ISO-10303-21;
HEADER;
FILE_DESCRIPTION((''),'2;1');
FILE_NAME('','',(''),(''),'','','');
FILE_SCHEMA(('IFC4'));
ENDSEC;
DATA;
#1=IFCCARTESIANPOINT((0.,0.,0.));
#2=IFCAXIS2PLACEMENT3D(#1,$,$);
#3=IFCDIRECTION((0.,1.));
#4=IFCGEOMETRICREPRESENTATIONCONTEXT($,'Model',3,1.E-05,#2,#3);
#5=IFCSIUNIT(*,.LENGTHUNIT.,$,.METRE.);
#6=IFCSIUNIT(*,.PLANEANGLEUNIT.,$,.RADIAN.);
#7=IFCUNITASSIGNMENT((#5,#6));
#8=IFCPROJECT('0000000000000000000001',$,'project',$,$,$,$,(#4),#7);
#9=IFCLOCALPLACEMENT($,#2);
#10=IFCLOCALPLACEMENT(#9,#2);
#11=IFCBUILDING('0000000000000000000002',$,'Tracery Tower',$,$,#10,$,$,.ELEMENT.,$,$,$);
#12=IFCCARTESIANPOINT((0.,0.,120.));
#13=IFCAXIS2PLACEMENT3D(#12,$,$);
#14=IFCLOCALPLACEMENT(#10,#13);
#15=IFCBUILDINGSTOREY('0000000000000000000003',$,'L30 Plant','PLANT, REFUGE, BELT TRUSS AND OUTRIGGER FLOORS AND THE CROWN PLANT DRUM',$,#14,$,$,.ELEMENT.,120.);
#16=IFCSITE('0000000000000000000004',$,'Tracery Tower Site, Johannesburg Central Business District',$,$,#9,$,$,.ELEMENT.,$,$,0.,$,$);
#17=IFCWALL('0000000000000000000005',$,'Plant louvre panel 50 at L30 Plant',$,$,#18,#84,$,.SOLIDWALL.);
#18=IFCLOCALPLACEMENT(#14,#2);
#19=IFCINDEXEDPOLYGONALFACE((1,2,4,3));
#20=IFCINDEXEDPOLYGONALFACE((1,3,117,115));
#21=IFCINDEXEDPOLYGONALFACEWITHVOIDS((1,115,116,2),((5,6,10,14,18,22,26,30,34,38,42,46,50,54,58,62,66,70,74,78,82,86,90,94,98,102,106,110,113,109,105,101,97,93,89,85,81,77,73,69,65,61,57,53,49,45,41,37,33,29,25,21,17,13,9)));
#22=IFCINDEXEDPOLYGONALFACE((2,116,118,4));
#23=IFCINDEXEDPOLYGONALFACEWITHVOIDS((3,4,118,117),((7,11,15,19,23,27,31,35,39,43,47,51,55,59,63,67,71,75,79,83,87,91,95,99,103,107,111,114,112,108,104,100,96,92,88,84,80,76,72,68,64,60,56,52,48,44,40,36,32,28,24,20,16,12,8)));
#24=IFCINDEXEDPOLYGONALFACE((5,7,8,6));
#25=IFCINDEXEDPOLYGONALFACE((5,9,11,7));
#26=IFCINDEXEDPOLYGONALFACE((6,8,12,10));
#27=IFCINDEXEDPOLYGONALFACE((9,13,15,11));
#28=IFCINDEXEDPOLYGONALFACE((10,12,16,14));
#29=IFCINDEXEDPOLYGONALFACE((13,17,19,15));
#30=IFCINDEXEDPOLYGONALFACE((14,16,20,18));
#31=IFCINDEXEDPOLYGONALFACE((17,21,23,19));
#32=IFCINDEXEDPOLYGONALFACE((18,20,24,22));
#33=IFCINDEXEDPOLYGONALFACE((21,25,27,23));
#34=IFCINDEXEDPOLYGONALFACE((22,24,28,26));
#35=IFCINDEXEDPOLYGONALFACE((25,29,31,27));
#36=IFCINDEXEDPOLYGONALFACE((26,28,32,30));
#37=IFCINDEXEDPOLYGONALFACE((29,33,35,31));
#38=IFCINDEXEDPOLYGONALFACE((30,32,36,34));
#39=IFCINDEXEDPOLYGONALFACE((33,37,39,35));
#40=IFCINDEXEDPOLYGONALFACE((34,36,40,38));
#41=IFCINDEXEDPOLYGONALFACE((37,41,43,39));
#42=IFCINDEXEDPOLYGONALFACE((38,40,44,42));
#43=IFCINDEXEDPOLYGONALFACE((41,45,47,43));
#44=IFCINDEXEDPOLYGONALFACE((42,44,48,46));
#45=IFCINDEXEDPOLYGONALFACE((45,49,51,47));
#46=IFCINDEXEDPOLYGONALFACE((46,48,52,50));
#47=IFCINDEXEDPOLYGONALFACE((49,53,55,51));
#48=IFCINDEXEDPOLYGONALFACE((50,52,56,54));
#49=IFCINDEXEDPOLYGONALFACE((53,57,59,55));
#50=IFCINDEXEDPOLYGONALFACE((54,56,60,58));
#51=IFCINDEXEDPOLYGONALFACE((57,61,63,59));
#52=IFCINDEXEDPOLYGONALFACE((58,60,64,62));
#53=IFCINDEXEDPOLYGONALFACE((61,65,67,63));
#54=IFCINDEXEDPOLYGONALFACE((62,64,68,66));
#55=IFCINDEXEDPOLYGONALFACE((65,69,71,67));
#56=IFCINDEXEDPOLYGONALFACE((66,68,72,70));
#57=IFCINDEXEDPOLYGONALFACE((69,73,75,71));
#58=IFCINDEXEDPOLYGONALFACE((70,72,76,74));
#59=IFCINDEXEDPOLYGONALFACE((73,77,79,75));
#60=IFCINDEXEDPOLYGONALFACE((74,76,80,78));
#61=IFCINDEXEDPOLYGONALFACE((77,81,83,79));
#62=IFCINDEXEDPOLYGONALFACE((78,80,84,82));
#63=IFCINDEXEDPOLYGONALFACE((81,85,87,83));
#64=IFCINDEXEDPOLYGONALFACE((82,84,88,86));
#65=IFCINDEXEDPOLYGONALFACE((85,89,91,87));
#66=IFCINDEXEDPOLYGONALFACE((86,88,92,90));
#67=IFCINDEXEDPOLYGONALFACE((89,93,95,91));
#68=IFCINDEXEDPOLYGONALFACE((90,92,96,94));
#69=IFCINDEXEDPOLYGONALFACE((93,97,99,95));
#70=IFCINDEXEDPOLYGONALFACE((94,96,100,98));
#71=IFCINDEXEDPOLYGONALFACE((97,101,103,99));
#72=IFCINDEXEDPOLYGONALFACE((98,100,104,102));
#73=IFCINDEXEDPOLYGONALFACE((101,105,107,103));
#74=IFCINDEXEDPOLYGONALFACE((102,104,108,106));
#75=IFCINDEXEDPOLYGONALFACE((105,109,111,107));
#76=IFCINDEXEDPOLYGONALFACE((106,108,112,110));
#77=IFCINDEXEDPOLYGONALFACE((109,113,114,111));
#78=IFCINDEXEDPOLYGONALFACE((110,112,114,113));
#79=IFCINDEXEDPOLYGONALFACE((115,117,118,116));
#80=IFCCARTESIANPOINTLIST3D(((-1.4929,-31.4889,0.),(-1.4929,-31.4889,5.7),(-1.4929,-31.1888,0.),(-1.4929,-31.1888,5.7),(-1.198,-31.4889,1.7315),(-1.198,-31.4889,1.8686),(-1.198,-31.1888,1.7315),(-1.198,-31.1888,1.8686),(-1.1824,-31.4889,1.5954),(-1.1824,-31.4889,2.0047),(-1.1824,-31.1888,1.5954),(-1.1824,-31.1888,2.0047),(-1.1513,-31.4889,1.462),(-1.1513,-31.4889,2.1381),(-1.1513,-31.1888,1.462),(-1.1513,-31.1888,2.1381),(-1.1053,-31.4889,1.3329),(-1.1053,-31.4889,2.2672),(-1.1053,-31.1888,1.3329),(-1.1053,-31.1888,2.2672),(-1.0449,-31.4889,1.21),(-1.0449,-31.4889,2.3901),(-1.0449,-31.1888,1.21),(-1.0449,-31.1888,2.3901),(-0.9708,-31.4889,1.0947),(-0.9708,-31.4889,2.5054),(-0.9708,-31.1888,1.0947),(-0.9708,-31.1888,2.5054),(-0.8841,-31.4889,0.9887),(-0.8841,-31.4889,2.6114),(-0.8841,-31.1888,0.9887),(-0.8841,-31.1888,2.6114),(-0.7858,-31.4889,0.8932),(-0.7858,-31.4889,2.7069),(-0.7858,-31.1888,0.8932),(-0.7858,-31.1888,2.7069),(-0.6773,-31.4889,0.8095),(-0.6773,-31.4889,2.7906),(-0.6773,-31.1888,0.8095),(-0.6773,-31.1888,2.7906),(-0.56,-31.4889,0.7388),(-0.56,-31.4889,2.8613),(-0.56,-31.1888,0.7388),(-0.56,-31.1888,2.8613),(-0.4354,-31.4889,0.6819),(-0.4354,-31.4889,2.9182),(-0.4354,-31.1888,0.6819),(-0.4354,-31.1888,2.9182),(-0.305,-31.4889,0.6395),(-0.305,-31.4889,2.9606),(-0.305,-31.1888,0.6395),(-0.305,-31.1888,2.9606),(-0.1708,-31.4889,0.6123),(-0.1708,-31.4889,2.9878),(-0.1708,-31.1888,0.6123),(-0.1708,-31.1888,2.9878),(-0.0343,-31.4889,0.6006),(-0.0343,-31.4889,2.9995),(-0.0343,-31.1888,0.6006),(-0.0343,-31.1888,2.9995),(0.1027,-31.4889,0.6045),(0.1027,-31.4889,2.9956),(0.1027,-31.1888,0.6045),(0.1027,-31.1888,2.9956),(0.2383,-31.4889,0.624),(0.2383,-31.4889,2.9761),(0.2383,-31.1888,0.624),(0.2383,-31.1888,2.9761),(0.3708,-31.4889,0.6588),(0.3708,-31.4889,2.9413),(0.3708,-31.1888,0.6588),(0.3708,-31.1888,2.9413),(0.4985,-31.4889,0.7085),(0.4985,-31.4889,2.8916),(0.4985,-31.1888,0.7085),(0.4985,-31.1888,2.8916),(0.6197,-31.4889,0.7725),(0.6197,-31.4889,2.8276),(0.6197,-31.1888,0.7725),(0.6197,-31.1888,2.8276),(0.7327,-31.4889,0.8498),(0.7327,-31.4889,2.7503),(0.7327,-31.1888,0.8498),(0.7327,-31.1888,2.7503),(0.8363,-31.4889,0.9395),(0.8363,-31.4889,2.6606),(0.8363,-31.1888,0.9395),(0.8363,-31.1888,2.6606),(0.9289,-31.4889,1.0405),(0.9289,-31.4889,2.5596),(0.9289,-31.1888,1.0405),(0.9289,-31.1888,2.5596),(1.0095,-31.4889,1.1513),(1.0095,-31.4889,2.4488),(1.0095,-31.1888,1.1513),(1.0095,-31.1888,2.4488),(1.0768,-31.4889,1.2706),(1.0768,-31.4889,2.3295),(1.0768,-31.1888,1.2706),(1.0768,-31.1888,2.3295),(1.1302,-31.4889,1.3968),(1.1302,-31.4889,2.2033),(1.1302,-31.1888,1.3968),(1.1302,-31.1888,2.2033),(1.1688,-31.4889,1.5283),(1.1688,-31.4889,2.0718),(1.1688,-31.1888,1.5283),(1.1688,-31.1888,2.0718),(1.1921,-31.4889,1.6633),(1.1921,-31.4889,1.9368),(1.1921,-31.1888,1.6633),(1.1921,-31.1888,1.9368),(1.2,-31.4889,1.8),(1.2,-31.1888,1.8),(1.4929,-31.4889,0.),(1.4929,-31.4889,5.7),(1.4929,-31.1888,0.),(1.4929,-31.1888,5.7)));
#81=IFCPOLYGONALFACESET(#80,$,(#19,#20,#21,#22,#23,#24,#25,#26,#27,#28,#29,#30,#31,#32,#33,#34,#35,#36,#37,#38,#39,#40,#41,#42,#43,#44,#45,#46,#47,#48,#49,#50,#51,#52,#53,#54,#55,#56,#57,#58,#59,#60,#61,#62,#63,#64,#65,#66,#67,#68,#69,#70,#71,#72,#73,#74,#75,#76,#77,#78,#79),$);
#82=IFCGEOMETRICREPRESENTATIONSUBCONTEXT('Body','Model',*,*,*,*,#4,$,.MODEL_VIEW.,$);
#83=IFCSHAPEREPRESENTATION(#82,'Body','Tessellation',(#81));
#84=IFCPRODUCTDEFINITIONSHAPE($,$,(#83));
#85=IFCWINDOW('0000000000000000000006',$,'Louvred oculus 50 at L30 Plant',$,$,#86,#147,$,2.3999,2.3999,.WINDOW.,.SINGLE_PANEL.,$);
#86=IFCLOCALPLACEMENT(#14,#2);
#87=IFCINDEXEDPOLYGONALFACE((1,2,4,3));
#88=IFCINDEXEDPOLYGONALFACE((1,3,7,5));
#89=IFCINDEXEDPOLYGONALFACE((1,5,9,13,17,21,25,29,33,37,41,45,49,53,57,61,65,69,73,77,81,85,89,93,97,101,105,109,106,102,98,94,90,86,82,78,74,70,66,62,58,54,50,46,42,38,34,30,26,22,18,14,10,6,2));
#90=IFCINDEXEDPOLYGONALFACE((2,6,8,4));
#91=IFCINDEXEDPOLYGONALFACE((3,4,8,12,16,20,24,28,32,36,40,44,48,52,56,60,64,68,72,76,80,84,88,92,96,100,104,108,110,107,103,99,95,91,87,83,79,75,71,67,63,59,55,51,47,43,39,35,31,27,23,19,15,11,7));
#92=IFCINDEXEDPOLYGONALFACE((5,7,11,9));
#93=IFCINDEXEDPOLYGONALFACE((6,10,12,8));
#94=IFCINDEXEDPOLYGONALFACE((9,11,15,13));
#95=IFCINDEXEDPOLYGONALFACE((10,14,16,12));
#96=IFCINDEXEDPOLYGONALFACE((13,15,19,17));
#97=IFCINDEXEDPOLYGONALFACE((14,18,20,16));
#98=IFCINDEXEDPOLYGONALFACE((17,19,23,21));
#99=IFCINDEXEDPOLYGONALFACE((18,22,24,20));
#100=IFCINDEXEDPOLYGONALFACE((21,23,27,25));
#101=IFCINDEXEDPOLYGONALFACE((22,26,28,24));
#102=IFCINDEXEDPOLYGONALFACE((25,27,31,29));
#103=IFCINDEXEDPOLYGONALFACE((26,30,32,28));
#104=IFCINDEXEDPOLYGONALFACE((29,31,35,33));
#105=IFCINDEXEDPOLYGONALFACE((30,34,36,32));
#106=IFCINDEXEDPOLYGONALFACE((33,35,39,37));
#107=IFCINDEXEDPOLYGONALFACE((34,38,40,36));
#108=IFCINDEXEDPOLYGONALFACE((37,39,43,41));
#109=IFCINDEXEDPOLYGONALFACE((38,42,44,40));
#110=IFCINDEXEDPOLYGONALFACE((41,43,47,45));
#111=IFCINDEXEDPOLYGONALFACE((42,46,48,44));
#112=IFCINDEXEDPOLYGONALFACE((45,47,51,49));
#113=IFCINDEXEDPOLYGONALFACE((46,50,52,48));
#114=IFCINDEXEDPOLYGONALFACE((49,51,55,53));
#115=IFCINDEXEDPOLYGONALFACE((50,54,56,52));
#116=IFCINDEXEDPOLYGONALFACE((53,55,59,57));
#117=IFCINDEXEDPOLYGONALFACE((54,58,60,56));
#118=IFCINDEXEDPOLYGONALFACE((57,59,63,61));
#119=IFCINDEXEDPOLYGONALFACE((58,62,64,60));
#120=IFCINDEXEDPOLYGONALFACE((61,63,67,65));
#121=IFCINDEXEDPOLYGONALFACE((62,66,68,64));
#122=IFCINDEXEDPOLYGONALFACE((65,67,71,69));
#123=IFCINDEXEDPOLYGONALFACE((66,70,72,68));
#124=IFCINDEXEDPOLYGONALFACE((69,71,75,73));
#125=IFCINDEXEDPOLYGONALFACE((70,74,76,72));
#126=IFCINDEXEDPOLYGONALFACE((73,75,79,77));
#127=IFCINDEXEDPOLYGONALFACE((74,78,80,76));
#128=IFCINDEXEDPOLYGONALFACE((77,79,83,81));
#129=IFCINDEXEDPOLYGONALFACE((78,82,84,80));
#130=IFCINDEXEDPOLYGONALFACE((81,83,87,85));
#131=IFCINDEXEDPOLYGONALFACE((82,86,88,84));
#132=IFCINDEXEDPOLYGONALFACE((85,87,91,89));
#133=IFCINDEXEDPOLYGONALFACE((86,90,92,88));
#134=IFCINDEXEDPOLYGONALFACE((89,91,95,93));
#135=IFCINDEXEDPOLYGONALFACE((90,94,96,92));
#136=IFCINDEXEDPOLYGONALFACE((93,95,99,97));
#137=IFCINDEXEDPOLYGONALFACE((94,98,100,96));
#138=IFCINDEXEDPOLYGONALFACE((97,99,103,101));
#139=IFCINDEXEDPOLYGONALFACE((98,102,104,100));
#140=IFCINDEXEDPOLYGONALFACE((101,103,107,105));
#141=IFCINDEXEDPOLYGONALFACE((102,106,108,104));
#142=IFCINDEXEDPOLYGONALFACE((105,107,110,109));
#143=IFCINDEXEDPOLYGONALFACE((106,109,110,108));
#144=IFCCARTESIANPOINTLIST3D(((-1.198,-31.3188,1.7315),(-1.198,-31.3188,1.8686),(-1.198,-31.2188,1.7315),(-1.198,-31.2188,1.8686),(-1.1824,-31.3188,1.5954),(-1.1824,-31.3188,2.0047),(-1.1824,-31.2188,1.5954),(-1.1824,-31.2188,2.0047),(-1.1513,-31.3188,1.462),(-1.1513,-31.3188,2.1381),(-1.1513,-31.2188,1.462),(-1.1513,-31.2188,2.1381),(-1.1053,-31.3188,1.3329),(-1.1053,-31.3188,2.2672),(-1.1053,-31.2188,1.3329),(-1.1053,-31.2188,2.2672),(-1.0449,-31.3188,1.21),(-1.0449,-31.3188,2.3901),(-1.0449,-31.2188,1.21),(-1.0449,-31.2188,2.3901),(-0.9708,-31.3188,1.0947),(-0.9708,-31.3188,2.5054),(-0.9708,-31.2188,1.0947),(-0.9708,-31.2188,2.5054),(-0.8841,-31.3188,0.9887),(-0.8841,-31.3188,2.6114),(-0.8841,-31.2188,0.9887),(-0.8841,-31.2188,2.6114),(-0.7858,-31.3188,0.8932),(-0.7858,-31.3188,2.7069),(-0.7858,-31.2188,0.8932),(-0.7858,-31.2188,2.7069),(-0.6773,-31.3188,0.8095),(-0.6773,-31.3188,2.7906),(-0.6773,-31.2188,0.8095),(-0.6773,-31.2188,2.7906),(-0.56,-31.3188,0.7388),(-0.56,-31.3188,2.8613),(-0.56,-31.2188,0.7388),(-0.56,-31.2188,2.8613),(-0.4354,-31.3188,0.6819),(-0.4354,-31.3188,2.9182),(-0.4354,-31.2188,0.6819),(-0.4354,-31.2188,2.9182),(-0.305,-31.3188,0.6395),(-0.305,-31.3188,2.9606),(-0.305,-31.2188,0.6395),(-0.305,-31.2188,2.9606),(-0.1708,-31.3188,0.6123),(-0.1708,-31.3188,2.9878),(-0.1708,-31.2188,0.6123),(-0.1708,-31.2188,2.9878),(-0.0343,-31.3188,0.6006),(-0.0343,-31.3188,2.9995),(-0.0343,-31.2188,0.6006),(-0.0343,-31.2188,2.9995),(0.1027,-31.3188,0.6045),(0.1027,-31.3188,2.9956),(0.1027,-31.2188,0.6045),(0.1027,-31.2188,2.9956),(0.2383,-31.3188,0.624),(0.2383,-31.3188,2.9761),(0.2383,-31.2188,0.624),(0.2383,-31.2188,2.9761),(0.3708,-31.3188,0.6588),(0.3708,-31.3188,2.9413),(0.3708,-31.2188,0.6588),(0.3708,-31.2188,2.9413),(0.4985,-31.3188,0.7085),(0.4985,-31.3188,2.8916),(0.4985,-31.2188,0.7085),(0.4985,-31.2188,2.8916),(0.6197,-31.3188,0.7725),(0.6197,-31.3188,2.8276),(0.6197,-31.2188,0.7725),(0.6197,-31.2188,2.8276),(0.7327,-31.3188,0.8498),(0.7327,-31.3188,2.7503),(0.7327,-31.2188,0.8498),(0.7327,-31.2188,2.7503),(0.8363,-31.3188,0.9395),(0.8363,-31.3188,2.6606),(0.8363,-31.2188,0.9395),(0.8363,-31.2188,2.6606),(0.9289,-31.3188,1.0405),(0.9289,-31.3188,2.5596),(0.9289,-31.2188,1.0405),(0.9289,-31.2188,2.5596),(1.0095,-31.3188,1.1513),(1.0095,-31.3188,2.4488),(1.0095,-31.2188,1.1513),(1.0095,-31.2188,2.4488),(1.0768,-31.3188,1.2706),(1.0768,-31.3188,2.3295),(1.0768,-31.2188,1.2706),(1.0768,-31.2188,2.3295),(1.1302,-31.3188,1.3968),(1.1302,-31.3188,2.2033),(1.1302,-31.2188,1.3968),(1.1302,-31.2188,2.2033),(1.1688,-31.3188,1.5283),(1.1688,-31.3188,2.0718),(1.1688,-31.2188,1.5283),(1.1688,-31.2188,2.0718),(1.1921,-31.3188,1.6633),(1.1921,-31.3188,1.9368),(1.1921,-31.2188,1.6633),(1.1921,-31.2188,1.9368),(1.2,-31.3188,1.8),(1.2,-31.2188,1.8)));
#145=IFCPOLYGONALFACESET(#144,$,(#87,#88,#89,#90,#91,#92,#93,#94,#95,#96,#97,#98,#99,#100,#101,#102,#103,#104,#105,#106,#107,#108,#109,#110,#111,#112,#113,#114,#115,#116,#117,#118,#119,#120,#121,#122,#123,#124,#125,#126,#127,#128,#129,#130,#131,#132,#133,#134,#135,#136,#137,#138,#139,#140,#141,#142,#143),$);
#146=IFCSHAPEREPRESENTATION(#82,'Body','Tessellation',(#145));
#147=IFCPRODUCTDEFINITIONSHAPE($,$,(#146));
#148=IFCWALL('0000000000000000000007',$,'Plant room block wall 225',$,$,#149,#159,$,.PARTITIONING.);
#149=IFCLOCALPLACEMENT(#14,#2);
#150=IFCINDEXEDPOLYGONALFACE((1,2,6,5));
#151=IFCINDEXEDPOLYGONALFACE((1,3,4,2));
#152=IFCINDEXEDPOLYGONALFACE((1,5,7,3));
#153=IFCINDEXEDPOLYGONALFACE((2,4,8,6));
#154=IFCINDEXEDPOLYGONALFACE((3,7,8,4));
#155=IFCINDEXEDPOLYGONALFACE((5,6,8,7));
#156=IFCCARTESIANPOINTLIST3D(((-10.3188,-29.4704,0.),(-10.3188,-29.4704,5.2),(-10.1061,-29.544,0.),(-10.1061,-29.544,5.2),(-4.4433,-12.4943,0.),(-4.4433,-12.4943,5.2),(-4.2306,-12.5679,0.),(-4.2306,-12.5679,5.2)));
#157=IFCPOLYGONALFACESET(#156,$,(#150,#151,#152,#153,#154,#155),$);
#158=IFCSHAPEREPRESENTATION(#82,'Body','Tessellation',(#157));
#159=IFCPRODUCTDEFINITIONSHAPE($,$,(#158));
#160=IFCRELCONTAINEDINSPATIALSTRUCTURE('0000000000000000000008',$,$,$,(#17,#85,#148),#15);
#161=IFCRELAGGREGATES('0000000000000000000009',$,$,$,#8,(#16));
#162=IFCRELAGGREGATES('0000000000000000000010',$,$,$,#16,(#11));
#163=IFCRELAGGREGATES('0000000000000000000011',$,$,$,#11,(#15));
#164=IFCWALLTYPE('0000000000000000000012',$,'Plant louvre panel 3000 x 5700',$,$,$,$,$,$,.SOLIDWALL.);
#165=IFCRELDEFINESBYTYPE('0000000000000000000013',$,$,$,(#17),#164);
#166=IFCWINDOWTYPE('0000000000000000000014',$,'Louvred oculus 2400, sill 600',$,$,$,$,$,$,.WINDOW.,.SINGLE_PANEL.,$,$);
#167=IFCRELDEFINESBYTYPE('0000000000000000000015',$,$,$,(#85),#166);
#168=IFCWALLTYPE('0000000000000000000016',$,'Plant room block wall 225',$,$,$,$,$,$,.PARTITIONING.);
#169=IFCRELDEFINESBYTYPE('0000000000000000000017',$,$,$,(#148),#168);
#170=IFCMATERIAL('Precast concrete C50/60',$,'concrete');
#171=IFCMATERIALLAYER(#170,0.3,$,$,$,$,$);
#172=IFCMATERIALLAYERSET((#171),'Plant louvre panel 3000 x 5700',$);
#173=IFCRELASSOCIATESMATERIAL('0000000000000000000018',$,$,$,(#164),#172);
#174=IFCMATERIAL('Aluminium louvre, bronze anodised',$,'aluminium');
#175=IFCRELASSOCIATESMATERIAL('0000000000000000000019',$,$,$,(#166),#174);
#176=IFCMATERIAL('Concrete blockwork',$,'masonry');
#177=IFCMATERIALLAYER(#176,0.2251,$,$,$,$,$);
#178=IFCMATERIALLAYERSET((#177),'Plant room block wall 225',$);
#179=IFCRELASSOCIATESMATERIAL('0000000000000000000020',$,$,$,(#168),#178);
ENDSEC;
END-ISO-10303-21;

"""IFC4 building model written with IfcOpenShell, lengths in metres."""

from ifc_helpers import new_model, si_unit, direction, frame, frame_2d, origin, origin_2d, place, context, subcontext, project, spatial, rectangle, circle, extrude, material, layer, layer_set, type_object, element, fill, save


model = new_model("IFC4")

# Units and contexts
model_context = context("Model", 3, precision=1e-05, world=origin(), true_north=direction((0.0, 1.0)))
body_context = subcontext(model_context, "Body", "Model", "MODEL_VIEW")
ifc_project = project(units=[si_unit("LENGTHUNIT", "METRE"), si_unit("PLANEANGLEUNIT", "RADIAN")], contexts=[model_context])

# Site, building, storey
site_placement = place(None, origin())
site = spatial("IfcSite", under=ifc_project, at=site_placement, Name="Tracery Tower Site, Johannesburg Central Business District", CompositionType="ELEMENT", RefElevation=0.0)
building_placement = place(site_placement, origin())
building = spatial("IfcBuilding", under=site, at=building_placement, Name="Tracery Tower", CompositionType="ELEMENT")
storey_placement = place(building_placement, frame((0.0, 0.0, 120.0)))
storey = spatial("IfcBuildingStorey", under=building, at=storey_placement, Name="L30 Plant", Description="PLANT, REFUGE, BELT TRUSS AND OUTRIGGER FLOORS AND THE CROWN PLANT DRUM", CompositionType="ELEMENT", Elevation=120.0)

# Wall, opening, window
ifc_material_1 = material(Name="Precast concrete C50/60", Category="concrete")
ifc_layer_1 = layer(ifc_material_1, 0.3)
ifc_layer_set_1 = layer_set([ifc_layer_1], Name="Plant louvre panel 3000 x 5700")
wall_type_1 = type_object("IfcWallType", Name="Plant louvre panel 3000 x 5700", PredefinedType="SOLIDWALL", material=ifc_layer_set_1)
ifc_material_2 = material(Name="Aluminium louvre, bronze anodised", Category="aluminium")
window_type = type_object("IfcWindowType", Name="Louvred oculus 2400, sill 600", PartitioningType="SINGLE_PANEL", PredefinedType="WINDOW", material=ifc_material_2)
wall_1_placement = place(storey_placement, frame((-1.4929, -31.3389, 0.0), z_axis=(0.0, 0.0, 1.0), x_axis=(1.0, 0.0, 0.0)))
wall_1 = element("IfcWall", 1, at=wall_1_placement, inside=storey, type_object=wall_type_1, Name="Plant louvre panel 50 at L30 Plant", PredefinedType="SOLIDWALL", context=body_context, shape_type="SweptSolid", body=[
    extrude(rectangle(XDim=2.9858, YDim=0.3, at=frame_2d((1.4929, 0.0))), origin(), (0.0, 0.0, 1.0), 5.7),
])
opening_1_placement = place(wall_1_placement, frame((1.4929, 0.0, 1.8)))
opening_1 = element("IfcOpeningElement", 2, at=opening_1_placement, cuts=wall_1, PredefinedType="OPENING", context=body_context, shape_type="SweptSolid", body=[
    extrude(circle(Radius=1.2, at=origin_2d()), frame((0.0, 0.1599, 0.0), z_axis=(0.0, -1.0, 0.0), x_axis=(1.0, 0.0, 0.0)), (0.0, 0.0, 1.0), 0.3201),
])
window_1_placement = place(opening_1_placement, origin())
window_1 = element("IfcWindow", 3, at=window_1_placement, inside=storey, type_object=window_type, Name="Louvred oculus 50 at L30 Plant", OverallHeight=2.3999, OverallWidth=2.3999, PartitioningType="SINGLE_PANEL", PredefinedType="WINDOW", context=body_context, shape_type="SweptSolid", body=[
    extrude(circle(Radius=1.2, at=origin_2d()), frame((0.0, 0.1201, 0.0), z_axis=(0.0, -1.0, 0.0), x_axis=(1.0, 0.0, 0.0)), (0.0, 0.0, 1.0), 0.1001),
])
fill(opening_1, window_1)

# Wall
ifc_material_3 = material(Name="Concrete blockwork", Category="masonry")
ifc_layer_2 = layer(ifc_material_3, 0.2251)
ifc_layer_set_2 = layer_set([ifc_layer_2], Name="Plant room block wall 225")
wall_type_2 = type_object("IfcWallType", Name="Plant room block wall 225", PredefinedType="PARTITIONING", material=ifc_layer_set_2)
wall_2_placement = place(storey_placement, frame((-10.2124, -29.5071, 0.0), z_axis=(0.0, 0.0, 1.0), x_axis=(0.327069, 0.945001, 0.0)))
element("IfcWall", 4, at=wall_2_placement, inside=storey, type_object=wall_type_2, Name="Plant room block wall 225", PredefinedType="PARTITIONING", context=body_context, shape_type="SweptSolid", body=[
    extrude(rectangle(XDim=17.9641, YDim=0.2251, at=frame_2d((8.9819, 0.0))), origin(), (0.0, 0.0, 1.0), 5.2),
])

save(model, "model.ifc")
